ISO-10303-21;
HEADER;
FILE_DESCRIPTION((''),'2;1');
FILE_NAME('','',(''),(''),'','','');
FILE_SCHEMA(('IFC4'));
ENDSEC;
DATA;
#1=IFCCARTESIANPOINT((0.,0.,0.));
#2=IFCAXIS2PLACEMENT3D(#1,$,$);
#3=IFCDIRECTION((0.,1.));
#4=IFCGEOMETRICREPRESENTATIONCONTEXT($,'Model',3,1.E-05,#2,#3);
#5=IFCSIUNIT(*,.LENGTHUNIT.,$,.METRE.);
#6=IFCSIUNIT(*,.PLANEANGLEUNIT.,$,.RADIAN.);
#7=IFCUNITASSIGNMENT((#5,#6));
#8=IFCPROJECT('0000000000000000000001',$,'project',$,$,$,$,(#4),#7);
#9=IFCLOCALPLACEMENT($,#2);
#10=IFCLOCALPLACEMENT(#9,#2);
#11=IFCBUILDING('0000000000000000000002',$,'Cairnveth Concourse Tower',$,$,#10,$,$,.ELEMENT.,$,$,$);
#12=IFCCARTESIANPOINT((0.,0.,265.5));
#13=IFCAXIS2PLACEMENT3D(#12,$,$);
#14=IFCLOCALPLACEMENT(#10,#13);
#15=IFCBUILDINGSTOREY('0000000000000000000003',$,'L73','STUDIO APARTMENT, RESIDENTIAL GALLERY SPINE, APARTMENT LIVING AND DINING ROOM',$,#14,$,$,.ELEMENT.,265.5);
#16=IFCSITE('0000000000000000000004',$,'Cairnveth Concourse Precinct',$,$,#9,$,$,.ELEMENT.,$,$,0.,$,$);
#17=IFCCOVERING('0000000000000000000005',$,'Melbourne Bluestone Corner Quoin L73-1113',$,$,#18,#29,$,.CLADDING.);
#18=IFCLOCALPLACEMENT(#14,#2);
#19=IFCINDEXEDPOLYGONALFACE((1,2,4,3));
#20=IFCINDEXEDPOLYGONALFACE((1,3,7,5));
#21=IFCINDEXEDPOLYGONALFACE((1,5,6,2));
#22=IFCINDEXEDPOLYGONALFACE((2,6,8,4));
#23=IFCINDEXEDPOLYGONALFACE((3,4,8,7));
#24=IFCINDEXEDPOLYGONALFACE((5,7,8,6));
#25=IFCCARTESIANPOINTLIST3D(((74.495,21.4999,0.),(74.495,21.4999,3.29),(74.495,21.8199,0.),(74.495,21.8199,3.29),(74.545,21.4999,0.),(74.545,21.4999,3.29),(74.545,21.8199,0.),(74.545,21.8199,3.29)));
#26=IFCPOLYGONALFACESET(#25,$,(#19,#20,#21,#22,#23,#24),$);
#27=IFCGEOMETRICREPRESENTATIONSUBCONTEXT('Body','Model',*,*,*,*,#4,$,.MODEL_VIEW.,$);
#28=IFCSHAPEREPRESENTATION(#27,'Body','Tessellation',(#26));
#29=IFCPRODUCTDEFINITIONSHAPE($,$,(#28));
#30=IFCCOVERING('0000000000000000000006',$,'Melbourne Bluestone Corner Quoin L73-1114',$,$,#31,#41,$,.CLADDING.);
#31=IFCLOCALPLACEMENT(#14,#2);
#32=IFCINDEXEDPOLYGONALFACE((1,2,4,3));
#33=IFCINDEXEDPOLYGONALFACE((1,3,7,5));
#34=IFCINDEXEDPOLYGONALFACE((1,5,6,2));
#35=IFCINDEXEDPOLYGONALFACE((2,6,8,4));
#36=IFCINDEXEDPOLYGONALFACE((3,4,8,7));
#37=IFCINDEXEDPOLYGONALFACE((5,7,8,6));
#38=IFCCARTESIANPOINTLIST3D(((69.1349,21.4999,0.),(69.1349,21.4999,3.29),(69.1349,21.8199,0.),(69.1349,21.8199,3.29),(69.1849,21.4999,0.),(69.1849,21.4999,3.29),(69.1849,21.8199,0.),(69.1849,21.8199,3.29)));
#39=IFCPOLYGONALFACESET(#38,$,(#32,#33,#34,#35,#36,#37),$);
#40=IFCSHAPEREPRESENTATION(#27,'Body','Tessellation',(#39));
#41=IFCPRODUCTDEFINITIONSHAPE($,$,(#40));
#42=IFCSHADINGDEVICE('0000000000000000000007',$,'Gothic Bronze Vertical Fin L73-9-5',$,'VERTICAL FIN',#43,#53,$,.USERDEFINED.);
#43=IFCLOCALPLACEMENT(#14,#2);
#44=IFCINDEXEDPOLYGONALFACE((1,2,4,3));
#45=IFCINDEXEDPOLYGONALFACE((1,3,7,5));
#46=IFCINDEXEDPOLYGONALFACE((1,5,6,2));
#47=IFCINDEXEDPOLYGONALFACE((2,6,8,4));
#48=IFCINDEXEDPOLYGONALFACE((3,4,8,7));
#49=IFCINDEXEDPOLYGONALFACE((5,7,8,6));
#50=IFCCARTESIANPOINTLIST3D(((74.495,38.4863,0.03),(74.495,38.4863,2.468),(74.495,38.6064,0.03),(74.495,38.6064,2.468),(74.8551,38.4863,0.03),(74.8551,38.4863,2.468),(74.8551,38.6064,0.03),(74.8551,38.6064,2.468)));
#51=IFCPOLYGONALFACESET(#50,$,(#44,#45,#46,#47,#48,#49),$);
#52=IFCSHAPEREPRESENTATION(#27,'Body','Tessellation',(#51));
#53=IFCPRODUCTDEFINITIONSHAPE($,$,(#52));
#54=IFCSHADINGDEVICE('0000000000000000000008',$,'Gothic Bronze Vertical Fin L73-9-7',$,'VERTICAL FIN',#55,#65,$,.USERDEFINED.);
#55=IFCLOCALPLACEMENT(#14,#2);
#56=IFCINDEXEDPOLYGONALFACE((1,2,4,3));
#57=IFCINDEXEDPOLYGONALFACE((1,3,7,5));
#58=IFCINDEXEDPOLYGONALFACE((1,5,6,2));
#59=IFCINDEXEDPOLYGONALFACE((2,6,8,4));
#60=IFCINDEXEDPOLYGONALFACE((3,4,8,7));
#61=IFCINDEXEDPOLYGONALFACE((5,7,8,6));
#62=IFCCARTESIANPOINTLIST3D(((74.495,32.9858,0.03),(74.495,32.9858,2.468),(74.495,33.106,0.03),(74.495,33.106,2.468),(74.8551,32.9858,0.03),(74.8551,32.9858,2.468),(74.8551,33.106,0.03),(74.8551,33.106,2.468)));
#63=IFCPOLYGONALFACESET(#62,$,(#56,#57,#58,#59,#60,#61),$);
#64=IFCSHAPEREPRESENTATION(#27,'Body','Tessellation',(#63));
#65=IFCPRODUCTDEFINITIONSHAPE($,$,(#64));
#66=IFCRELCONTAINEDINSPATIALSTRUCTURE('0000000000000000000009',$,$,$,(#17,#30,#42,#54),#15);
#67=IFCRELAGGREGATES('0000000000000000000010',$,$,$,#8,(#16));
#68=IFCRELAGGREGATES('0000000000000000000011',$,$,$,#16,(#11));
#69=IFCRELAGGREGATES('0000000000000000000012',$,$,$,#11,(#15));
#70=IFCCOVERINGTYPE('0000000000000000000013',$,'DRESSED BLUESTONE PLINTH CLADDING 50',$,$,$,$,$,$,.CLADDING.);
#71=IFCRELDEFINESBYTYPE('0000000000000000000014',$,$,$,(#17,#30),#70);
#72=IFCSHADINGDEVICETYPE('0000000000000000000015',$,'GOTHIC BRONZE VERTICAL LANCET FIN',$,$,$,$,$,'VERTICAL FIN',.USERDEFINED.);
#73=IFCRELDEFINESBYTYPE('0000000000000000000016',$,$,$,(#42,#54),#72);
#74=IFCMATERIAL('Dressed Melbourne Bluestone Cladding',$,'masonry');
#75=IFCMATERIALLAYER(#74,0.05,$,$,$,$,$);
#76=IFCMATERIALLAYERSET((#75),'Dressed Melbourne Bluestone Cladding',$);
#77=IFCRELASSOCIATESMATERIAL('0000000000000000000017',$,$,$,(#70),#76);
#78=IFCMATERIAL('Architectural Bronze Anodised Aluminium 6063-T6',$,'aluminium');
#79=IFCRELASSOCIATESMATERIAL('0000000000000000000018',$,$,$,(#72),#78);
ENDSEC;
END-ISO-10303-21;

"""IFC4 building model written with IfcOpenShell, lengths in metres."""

from ifc_helpers import new_model, si_unit, direction, frame, frame_2d, origin, origin_2d, place, context, subcontext, project, spatial, rectangle, extrude, material, layer, layer_set, type_object, element, save


model = new_model("IFC4")

# Units and contexts
model_context = context("Model", 3, precision=1e-05, world=origin(), true_north=direction((0.0, 1.0)))
body_context = subcontext(model_context, "Body", "Model", "MODEL_VIEW")
ifc_project = project(units=[si_unit("LENGTHUNIT", "METRE"), si_unit("PLANEANGLEUNIT", "RADIAN")], contexts=[model_context])

# Site, building, storey
site_placement = place(None, origin())
site = spatial("IfcSite", under=ifc_project, at=site_placement, Name="Cairnveth Concourse Precinct", CompositionType="ELEMENT", RefElevation=0.0)
building_placement = place(site_placement, origin())
building = spatial("IfcBuilding", under=site, at=building_placement, Name="Cairnveth Concourse Tower", CompositionType="ELEMENT")
storey_placement = place(building_placement, frame((0.0, 0.0, 265.5)))
storey = spatial("IfcBuildingStorey", under=building, at=storey_placement, Name="L73", Description="STUDIO APARTMENT, RESIDENTIAL GALLERY SPINE, APARTMENT LIVING AND DINING ROOM", CompositionType="ELEMENT", Elevation=265.5)

# Coverings
ifc_material_1 = material(Name="Dressed Melbourne Bluestone Cladding", Category="masonry")
ifc_layer_1 = layer(ifc_material_1, 0.05)
ifc_layer_set_1 = layer_set([ifc_layer_1], Name="Dressed Melbourne Bluestone Cladding")
covering_type = type_object("IfcCoveringType", Name="DRESSED BLUESTONE PLINTH CLADDING 50", PredefinedType="CLADDING", material=ifc_layer_set_1)
for number, where, z_axis, x_axis, name in (
    (1, (74.52, 21.8201, 0.0), (0.0, 0.0, 1.0), (0.0, -1.0, 0.0), "Melbourne Bluestone Corner Quoin L73-1113"),
    (2, (69.1599, 21.8201, 0.0), (0.0, 0.0, 1.0), (0.0, -1.0, 0.0), "Melbourne Bluestone Corner Quoin L73-1114"),
):
    element("IfcCovering", number, at=place(storey_placement, frame(where, z_axis=z_axis, x_axis=x_axis)), inside=storey, type_object=covering_type, Name=name, PredefinedType="CLADDING", context=body_context, shape_type="SweptSolid", body=[
        extrude(rectangle(XDim=0.3201, YDim=0.05, at=frame_2d((0.1602, 0.0))), origin(), (0.0, 0.0, 1.0), 3.29),
    ])

# Shading devices
ifc_material_2 = material(Name="Architectural Bronze Anodised Aluminium 6063-T6", Category="aluminium")
shading_device_type = type_object("IfcShadingDeviceType", Name="GOTHIC BRONZE VERTICAL LANCET FIN", ElementType="VERTICAL FIN", PredefinedType="USERDEFINED", material=ifc_material_2)
for number, where, z_axis, x_axis, name in (
    (3, (74.675, 38.5464, 0.03), (0.0, 0.0, 1.0), (0.0, 1.0, 0.0), "Gothic Bronze Vertical Fin L73-9-5"),
    (4, (74.675, 33.0459, 0.03), (0.0, 0.0, 1.0), (0.0, 1.0, 0.0), "Gothic Bronze Vertical Fin L73-9-7"),
):
    element("IfcShadingDevice", number, at=place(storey_placement, frame(where, z_axis=z_axis, x_axis=x_axis)), inside=storey, type_object=shading_device_type, Name=name, ObjectType="VERTICAL FIN", PredefinedType="USERDEFINED", context=body_context, shape_type="SweptSolid", body=[
        extrude(rectangle(XDim=0.1201, YDim=0.3601, at=origin_2d()), origin(), (0.0, 0.0, 1.0), 2.438),
    ])

save(model, "model.ifc")
